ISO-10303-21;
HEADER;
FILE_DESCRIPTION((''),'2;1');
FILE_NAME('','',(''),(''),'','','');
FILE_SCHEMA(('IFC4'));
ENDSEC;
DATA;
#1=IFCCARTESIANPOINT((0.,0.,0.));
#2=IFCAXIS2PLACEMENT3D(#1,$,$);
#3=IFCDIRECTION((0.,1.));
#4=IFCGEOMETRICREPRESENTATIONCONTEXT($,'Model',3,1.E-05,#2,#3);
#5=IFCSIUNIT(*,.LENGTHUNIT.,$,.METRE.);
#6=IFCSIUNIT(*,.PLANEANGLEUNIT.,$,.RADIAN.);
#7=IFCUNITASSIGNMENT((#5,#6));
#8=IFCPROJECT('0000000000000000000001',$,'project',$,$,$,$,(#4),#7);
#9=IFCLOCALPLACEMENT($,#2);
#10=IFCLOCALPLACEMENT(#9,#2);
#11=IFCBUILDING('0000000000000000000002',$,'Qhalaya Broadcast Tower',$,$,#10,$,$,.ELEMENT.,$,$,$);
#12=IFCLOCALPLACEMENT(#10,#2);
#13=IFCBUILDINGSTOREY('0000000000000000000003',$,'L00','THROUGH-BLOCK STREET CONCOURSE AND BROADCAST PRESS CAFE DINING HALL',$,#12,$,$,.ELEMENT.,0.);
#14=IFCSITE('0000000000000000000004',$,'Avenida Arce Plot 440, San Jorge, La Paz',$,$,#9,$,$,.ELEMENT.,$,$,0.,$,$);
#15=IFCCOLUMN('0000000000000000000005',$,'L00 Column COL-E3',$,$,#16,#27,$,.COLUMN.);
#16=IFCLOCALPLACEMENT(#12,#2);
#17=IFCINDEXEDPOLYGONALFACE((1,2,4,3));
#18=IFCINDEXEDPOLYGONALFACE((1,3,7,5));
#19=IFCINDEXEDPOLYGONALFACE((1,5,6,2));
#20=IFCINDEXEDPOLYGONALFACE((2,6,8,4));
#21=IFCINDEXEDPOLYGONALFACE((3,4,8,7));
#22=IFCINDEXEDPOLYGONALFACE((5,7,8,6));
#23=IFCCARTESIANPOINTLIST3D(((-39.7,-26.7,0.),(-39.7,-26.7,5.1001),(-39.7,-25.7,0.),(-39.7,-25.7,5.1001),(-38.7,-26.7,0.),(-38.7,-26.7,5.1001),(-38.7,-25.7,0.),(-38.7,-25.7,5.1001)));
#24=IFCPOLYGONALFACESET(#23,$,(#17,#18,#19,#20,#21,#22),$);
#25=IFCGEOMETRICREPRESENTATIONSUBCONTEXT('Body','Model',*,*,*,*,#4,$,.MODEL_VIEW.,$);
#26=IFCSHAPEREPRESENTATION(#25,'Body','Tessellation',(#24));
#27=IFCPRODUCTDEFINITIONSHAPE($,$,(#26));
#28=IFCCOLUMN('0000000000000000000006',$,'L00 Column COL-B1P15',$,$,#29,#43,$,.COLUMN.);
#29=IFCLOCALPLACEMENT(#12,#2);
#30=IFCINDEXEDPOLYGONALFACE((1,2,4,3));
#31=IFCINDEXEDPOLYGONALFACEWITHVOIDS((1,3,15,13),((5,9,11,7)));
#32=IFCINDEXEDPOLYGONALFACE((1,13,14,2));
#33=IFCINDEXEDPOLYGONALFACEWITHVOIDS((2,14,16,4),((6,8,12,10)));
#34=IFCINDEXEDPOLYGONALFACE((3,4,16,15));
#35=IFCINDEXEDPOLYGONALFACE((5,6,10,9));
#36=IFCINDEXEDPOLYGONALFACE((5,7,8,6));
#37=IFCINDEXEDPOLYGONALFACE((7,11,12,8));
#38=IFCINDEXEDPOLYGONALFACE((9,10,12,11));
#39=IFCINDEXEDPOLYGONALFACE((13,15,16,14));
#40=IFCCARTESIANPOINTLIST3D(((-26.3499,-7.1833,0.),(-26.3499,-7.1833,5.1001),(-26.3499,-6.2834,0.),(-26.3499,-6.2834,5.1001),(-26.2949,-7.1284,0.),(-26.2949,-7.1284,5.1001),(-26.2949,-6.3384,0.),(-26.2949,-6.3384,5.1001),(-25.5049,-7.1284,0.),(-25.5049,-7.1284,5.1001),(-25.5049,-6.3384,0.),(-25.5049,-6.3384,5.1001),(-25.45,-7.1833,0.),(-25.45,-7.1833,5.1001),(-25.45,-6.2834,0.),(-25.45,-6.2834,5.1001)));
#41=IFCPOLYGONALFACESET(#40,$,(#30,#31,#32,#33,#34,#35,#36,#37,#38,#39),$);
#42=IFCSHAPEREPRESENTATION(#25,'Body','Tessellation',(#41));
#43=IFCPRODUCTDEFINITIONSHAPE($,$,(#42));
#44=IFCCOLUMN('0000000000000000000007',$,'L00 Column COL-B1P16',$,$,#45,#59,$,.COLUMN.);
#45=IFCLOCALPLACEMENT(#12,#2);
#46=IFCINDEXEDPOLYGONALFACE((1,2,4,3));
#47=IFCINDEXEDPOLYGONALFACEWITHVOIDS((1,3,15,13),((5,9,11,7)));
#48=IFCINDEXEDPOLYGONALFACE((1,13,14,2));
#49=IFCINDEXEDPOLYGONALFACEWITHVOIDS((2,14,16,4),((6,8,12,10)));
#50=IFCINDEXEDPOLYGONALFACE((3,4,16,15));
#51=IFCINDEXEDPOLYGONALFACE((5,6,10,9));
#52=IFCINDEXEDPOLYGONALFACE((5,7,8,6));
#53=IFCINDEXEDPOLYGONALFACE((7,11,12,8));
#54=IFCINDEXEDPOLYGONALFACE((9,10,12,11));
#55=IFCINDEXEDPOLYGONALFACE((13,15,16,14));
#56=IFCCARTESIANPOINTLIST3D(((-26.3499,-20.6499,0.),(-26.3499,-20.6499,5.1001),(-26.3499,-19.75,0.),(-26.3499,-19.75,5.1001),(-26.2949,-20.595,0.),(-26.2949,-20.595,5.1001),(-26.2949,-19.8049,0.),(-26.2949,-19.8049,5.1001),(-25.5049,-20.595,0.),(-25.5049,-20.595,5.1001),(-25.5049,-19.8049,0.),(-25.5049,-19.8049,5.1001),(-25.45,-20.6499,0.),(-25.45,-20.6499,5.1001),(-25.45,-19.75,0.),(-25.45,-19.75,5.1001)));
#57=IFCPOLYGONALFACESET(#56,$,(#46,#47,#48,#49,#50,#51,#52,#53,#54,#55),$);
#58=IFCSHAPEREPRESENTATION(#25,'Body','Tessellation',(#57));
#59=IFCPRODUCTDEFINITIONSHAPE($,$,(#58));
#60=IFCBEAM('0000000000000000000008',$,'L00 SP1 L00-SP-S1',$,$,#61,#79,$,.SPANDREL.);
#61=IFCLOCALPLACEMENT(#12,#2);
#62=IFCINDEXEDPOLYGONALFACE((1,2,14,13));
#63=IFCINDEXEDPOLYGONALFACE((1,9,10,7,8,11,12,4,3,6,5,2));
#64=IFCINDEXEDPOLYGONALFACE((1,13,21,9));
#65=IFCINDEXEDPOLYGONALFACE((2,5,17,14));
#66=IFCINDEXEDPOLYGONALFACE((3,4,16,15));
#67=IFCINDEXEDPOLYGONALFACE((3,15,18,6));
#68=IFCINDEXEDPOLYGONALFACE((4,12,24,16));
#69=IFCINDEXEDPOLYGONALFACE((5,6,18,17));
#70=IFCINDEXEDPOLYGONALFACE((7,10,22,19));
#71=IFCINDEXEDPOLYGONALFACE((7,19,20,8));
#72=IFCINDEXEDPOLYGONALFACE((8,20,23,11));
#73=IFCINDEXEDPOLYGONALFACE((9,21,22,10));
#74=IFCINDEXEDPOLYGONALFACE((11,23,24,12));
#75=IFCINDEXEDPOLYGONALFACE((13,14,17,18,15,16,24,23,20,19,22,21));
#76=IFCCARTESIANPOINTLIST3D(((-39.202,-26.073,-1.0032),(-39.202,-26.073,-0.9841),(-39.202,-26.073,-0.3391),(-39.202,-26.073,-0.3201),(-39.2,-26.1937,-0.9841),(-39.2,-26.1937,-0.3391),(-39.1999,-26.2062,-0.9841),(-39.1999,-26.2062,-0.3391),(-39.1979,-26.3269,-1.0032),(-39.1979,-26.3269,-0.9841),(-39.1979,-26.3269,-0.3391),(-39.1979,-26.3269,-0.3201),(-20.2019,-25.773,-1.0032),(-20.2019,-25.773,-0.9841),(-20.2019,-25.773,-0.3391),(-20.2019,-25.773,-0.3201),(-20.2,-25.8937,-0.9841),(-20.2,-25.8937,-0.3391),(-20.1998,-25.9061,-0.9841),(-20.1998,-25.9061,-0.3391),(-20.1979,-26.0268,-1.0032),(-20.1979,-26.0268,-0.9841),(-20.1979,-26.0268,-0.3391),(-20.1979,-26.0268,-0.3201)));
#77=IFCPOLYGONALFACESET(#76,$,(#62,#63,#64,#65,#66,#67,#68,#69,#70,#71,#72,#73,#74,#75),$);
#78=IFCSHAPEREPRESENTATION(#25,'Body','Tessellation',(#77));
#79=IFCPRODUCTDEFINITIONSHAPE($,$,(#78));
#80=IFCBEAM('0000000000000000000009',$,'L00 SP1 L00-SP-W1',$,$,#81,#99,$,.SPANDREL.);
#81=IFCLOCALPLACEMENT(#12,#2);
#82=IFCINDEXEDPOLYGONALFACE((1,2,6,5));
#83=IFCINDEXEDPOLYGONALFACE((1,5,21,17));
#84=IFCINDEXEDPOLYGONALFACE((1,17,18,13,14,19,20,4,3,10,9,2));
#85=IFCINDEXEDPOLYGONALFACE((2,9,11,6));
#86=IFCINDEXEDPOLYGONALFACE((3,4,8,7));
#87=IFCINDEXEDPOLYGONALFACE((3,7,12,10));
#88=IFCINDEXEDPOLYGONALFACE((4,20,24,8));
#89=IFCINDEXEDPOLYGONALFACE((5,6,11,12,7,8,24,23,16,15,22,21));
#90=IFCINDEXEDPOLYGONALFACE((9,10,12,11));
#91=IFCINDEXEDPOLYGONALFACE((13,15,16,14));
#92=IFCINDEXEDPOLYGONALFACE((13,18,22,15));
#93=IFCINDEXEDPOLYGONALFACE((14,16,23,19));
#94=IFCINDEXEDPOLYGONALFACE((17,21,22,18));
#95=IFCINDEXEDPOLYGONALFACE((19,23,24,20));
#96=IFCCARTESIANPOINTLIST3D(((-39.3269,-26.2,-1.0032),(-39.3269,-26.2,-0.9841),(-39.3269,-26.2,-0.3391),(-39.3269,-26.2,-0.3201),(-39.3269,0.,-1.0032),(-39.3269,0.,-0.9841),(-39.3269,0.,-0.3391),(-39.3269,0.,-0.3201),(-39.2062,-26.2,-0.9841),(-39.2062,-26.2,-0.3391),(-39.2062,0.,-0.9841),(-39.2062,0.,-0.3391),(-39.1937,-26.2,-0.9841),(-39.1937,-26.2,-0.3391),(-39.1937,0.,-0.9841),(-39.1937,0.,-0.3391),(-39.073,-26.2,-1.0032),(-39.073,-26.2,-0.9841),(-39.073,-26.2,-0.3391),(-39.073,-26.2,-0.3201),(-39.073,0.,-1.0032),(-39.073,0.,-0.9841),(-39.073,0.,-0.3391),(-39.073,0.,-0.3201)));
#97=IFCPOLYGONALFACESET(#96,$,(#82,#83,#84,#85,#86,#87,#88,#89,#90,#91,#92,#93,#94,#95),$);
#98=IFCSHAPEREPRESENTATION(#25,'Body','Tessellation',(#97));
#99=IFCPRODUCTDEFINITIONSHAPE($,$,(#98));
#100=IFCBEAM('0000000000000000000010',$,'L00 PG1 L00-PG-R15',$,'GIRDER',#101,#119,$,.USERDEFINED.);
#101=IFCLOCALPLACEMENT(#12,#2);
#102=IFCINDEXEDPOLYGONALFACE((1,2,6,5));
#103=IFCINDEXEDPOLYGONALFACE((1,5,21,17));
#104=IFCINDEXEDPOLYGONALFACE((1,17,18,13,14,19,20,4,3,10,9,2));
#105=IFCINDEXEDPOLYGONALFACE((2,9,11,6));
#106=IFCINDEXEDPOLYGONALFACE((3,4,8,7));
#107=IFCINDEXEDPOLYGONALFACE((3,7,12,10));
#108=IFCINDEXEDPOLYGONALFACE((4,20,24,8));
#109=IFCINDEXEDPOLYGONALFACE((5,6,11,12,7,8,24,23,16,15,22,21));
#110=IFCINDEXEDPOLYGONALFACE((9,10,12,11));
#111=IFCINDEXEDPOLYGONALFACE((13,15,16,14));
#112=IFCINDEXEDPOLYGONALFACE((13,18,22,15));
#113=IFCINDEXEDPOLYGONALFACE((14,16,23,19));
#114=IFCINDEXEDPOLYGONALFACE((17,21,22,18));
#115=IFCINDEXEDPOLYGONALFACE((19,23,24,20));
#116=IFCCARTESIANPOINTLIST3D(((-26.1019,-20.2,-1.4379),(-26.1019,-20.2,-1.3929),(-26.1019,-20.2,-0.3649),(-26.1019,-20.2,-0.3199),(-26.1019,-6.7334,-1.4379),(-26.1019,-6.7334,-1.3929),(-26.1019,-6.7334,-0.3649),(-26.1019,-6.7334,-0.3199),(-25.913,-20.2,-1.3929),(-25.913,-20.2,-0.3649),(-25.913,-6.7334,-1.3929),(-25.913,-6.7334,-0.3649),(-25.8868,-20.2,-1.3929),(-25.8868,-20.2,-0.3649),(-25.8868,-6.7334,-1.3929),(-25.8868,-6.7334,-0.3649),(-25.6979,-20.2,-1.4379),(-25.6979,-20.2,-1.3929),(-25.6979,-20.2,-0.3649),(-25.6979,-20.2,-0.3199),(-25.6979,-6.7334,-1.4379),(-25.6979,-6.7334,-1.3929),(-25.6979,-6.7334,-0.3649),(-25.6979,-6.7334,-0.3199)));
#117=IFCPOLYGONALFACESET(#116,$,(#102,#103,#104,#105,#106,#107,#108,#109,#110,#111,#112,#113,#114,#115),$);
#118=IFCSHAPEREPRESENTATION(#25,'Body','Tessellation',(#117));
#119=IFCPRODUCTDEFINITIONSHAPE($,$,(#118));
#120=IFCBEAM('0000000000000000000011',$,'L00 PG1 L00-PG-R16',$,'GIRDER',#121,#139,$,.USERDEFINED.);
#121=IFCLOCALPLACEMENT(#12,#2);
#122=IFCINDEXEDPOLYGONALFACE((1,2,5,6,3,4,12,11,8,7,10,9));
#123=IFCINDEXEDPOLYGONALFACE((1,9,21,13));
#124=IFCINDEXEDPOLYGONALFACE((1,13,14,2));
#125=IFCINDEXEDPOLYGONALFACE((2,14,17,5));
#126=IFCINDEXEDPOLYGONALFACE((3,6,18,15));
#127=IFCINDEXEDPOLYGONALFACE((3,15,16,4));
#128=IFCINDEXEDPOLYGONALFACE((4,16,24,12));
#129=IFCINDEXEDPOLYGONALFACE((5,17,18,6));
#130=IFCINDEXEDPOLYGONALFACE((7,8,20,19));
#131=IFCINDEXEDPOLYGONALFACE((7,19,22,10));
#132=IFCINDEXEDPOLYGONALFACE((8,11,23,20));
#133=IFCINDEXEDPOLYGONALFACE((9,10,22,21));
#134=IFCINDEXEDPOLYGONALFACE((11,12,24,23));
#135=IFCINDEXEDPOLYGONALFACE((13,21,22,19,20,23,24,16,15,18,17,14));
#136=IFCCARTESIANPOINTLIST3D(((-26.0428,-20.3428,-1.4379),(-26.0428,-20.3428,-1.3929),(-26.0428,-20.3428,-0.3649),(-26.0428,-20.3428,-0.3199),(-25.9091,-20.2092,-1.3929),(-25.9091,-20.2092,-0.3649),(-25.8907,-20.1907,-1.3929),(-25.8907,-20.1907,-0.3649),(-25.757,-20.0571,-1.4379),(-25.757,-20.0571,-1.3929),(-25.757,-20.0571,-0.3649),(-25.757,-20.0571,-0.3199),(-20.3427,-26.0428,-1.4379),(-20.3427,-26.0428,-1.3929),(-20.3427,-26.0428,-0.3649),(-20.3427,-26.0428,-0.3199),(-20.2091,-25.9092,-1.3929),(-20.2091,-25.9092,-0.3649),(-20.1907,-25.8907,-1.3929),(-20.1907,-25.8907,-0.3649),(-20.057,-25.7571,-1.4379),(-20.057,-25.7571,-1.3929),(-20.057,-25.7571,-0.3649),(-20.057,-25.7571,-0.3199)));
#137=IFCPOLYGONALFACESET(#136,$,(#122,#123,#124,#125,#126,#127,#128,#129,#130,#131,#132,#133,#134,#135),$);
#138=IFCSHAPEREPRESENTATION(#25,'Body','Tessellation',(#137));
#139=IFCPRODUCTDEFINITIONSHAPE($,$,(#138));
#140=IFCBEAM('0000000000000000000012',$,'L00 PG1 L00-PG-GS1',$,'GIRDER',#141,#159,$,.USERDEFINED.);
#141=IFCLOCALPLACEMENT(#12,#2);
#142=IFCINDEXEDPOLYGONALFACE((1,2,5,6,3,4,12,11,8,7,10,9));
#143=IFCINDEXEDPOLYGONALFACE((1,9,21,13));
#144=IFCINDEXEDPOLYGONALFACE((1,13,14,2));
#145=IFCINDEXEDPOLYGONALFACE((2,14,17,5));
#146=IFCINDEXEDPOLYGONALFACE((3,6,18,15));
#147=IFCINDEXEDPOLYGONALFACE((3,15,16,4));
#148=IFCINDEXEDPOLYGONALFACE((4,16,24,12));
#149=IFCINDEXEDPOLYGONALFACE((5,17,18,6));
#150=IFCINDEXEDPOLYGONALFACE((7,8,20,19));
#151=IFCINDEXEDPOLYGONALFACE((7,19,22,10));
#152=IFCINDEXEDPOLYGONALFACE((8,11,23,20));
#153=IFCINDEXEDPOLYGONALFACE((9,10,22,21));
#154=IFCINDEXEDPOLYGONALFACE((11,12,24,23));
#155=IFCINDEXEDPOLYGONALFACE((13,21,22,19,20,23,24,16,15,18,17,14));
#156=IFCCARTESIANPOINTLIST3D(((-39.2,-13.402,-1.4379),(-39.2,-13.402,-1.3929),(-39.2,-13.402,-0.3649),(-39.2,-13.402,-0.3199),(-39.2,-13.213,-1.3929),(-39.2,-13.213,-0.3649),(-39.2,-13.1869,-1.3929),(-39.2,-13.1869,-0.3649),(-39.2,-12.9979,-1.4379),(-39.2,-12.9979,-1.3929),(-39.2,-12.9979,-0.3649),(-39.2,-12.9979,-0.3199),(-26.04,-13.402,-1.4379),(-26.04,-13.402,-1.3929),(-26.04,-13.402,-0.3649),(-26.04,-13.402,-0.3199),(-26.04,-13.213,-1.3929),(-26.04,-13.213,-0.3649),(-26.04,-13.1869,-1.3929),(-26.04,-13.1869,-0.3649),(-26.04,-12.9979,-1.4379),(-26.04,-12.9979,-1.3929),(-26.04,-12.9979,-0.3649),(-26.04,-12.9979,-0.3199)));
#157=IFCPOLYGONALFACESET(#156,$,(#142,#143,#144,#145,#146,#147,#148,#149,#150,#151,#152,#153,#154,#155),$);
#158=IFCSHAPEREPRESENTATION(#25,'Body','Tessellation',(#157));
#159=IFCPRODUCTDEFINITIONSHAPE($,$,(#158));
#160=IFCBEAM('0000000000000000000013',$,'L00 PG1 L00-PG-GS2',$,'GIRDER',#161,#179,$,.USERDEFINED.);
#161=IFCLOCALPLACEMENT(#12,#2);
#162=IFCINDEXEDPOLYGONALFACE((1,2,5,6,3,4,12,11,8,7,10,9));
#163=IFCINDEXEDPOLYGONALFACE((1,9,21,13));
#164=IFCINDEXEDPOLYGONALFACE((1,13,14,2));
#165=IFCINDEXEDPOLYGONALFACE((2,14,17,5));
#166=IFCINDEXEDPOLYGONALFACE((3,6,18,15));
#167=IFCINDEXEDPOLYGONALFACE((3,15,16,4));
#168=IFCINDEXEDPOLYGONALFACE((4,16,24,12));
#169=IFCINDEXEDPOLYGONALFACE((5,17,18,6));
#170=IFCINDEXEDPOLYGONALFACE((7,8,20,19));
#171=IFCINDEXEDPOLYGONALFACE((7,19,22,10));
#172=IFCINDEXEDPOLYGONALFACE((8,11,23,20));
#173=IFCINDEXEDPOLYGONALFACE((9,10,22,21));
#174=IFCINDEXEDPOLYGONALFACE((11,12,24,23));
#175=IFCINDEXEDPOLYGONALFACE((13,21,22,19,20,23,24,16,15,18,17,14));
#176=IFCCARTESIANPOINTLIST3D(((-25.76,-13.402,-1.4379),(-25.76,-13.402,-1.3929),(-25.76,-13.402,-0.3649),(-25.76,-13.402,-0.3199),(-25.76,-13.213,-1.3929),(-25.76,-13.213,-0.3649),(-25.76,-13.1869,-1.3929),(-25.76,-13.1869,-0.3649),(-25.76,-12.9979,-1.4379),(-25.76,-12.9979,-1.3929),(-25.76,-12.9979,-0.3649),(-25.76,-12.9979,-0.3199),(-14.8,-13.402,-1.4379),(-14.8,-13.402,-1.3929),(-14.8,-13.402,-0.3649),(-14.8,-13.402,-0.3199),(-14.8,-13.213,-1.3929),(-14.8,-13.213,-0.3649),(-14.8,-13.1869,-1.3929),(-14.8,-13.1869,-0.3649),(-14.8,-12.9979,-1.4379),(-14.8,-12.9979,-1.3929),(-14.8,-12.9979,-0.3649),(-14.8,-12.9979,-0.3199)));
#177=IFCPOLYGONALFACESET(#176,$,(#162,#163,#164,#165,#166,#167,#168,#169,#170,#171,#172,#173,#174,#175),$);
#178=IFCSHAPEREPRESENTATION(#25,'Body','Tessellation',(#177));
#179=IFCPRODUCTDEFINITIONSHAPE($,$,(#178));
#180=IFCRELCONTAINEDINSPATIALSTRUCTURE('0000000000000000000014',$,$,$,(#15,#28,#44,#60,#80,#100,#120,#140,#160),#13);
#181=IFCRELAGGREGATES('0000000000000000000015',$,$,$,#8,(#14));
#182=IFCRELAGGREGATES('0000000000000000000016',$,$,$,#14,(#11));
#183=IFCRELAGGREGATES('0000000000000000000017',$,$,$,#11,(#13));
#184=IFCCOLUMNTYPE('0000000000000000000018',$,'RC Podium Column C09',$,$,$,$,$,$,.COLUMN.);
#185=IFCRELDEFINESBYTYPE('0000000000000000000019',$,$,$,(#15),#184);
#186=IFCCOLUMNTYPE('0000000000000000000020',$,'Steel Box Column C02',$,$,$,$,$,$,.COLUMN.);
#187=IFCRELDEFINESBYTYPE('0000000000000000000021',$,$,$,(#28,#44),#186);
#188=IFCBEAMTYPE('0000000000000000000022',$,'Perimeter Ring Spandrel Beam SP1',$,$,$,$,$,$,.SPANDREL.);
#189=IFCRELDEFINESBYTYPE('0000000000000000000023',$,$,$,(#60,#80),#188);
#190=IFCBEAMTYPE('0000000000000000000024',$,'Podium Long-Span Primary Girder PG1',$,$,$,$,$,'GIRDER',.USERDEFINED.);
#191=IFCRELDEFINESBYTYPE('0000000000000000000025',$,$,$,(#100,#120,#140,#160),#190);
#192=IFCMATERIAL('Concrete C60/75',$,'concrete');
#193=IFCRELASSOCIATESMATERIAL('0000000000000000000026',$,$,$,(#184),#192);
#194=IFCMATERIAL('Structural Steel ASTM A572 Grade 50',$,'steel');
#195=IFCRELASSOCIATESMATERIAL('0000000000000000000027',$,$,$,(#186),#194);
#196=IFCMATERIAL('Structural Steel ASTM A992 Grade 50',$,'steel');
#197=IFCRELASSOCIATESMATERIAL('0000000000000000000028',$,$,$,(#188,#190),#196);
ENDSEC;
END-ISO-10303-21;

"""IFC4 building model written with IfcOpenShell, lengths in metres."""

from ifc_helpers import new_model, si_unit, direction, frame, origin, origin_2d, place, context, subcontext, project, spatial, rectangle, hollow_rectangle, i_section, extrude, material, material_profile, profile_set, type_object, element, save


model = new_model("IFC4")

# Units and contexts
model_context = context("Model", 3, precision=1e-05, world=origin(), true_north=direction((0.0, 1.0)))
body_context = subcontext(model_context, "Body", "Model", "MODEL_VIEW")
ifc_project = project(units=[si_unit("LENGTHUNIT", "METRE"), si_unit("PLANEANGLEUNIT", "RADIAN")], contexts=[model_context])

# Site, building, storey
site_placement = place(None, origin())
site = spatial("IfcSite", under=ifc_project, at=site_placement, Name="Avenida Arce Plot 440, San Jorge, La Paz", CompositionType="ELEMENT", RefElevation=0.0)
building_placement = place(site_placement, origin())
building = spatial("IfcBuilding", under=site, at=building_placement, Name="Qhalaya Broadcast Tower", CompositionType="ELEMENT")
storey_placement = place(building_placement, origin())
storey = spatial("IfcBuildingStorey", under=building, at=storey_placement, Name="L00", Description="THROUGH-BLOCK STREET CONCOURSE AND BROADCAST PRESS CAFE DINING HALL", CompositionType="ELEMENT", Elevation=0.0)

# Columns
ifc_material_1 = material(Name="Concrete C60/75", Category="concrete")
ifc_material_profile_1 = material_profile(ifc_material_1, rectangle(XDim=1.0, YDim=1.0, at=origin_2d()), Name="RC-COL 1000x1000")
ifc_profile_set_1 = profile_set([ifc_material_profile_1], Name="Concrete C60/75")
column_type_1 = type_object("IfcColumnType", Name="RC Podium Column C09", PredefinedType="COLUMN", material=ifc_profile_set_1)
column_placement = place(storey_placement, frame((-39.2, -26.2, 0.0), z_axis=(0.0, 0.0, 1.0), x_axis=(1.0, 0.0, 0.0)))
element("IfcColumn", 1, at=column_placement, inside=storey, type_object=column_type_1, Name="L00 Column COL-E3", PredefinedType="COLUMN", context=body_context, shape_type="SweptSolid", body=[
    extrude(rectangle(XDim=1.0, YDim=1.0, at=origin_2d()), origin(), (0.0, 0.0, 1.0), 5.1001),
])
ifc_material_2 = material(Name="Structural Steel ASTM A572 Grade 50", Category="steel")
ifc_material_profile_2 = material_profile(ifc_material_2, hollow_rectangle(XDim=0.8999, YDim=0.8999, WallThickness=0.0549, at=origin_2d()), Name="BOX 900x900x55")
ifc_profile_set_2 = profile_set([ifc_material_profile_2], Name="Structural Steel ASTM A572 Grade 50")
column_type_2 = type_object("IfcColumnType", Name="Steel Box Column C02", PredefinedType="COLUMN", material=ifc_profile_set_2)
for number, where, z_axis, x_axis, name in (
    (2, (-25.8999, -6.7334, 0.0), (0.0, 0.0, 1.0), (0.0, 1.0, 0.0), "L00 Column COL-B1P15"),
    (3, (-25.8999, -20.2, 0.0), (0.0, 0.0, 1.0), (0.0, 1.0, 0.0), "L00 Column COL-B1P16"),
):
    element("IfcColumn", number, at=place(storey_placement, frame(where, z_axis=z_axis, x_axis=x_axis)), inside=storey, type_object=column_type_2, Name=name, PredefinedType="COLUMN", context=body_context, shape_type="SweptSolid", body=[
        extrude(hollow_rectangle(XDim=0.8999, YDim=0.8999, WallThickness=0.0549, at=origin_2d()), origin(), (0.0, 0.0, 1.0), 5.1001),
    ])

# Beams
ifc_material_3 = material(Name="Structural Steel ASTM A992 Grade 50", Category="steel")
ifc_material_profile_3 = material_profile(ifc_material_3, i_section(OverallWidth=0.2539, OverallDepth=0.6831, WebThickness=0.0125, FlangeThickness=0.019, at=origin_2d()), Name="W27X94")
ifc_profile_set_3 = profile_set([ifc_material_profile_3], Name="Structural Steel ASTM A992 Grade 50")
beam_type_1 = type_object("IfcBeamType", Name="Perimeter Ring Spandrel Beam SP1", PredefinedType="SPANDREL", material=ifc_profile_set_3)
beam_1_placement = place(storey_placement, frame((-39.2, -26.2, -0.6616), z_axis=(0.999875, 0.01579, 0.0), x_axis=(-0.01579, 0.999875, 0.0)))
element("IfcBeam", 4, at=beam_1_placement, inside=storey, type_object=beam_type_1, Name="L00 SP1 L00-SP-S1", PredefinedType="SPANDREL", context=body_context, shape_type="SweptSolid", body=[
    extrude(i_section(OverallWidth=0.2539, OverallDepth=0.6831, WebThickness=0.0125, FlangeThickness=0.019, at=origin_2d()), origin(), (0.0, 0.0, 1.0), 19.0024),
])
beam_2_placement = place(storey_placement, frame((-39.2, -26.2, -0.6616), z_axis=(0.0, 1.0, 0.0), x_axis=(-1.0, 0.0, 0.0)))
element("IfcBeam", 5, at=beam_2_placement, inside=storey, type_object=beam_type_1, Name="L00 SP1 L00-SP-W1", PredefinedType="SPANDREL", context=body_context, shape_type="SweptSolid", body=[
    extrude(i_section(OverallWidth=0.2539, OverallDepth=0.6831, WebThickness=0.0125, FlangeThickness=0.019, at=origin_2d()), origin(), (0.0, 0.0, 1.0), 26.2),
])
ifc_material_profile_4 = material_profile(ifc_material_3, i_section(OverallWidth=0.4041, OverallDepth=1.1179, WebThickness=0.0261, FlangeThickness=0.0449, at=origin_2d()), Name="W44X335")
ifc_profile_set_4 = profile_set([ifc_material_profile_4], Name="Structural Steel ASTM A992 Grade 50")
beam_type_2 = type_object("IfcBeamType", Name="Podium Long-Span Primary Girder PG1", ElementType="GIRDER", PredefinedType="USERDEFINED", material=ifc_profile_set_4)
beam_3_placement = place(storey_placement, frame((-25.8999, -6.7334, -0.8789), z_axis=(0.0, -1.0, 0.0), x_axis=(1.0, 0.0, 0.0)))
element("IfcBeam", 6, at=beam_3_placement, inside=storey, type_object=beam_type_2, Name="L00 PG1 L00-PG-R15", ObjectType="GIRDER", PredefinedType="USERDEFINED", context=body_context, shape_type="SweptSolid", body=[
    extrude(i_section(OverallWidth=0.4041, OverallDepth=1.1179, WebThickness=0.0261, FlangeThickness=0.0449, at=origin_2d()), origin(), (0.0, 0.0, 1.0), 13.4666),
])
beam_4_placement = place(storey_placement, frame((-25.8999, -20.2, -0.8789), z_axis=(0.707107, -0.707107, 0.0), x_axis=(0.707107, 0.707107, 0.0)))
element("IfcBeam", 7, at=beam_4_placement, inside=storey, type_object=beam_type_2, Name="L00 PG1 L00-PG-R16", ObjectType="GIRDER", PredefinedType="USERDEFINED", context=body_context, shape_type="SweptSolid", body=[
    extrude(i_section(OverallWidth=0.4041, OverallDepth=1.1179, WebThickness=0.0261, FlangeThickness=0.0449, at=origin_2d()), origin(), (0.0, 0.0, 1.0), 8.061),
])
beam_5_placement = place(storey_placement, frame((-39.2, -13.2, -0.8789), z_axis=(1.0, 0.0, 0.0), x_axis=(0.0, 1.0, 0.0)))
element("IfcBeam", 8, at=beam_5_placement, inside=storey, type_object=beam_type_2, Name="L00 PG1 L00-PG-GS1", ObjectType="GIRDER", PredefinedType="USERDEFINED", context=body_context, shape_type="SweptSolid", body=[
    extrude(i_section(OverallWidth=0.4041, OverallDepth=1.1179, WebThickness=0.0261, FlangeThickness=0.0449, at=origin_2d()), origin(), (0.0, 0.0, 1.0), 13.1599),
])
beam_6_placement = place(storey_placement, frame((-25.76, -13.2, -0.8789), z_axis=(1.0, 0.0, 0.0), x_axis=(0.0, 1.0, 0.0)))
element("IfcBeam", 9, at=beam_6_placement, inside=storey, type_object=beam_type_2, Name="L00 PG1 L00-PG-GS2", ObjectType="GIRDER", PredefinedType="USERDEFINED", context=body_context, shape_type="SweptSolid", body=[
    extrude(i_section(OverallWidth=0.4041, OverallDepth=1.1179, WebThickness=0.0261, FlangeThickness=0.0449, at=origin_2d()), origin(), (0.0, 0.0, 1.0), 10.96),
])

save(model, "model.ifc")
